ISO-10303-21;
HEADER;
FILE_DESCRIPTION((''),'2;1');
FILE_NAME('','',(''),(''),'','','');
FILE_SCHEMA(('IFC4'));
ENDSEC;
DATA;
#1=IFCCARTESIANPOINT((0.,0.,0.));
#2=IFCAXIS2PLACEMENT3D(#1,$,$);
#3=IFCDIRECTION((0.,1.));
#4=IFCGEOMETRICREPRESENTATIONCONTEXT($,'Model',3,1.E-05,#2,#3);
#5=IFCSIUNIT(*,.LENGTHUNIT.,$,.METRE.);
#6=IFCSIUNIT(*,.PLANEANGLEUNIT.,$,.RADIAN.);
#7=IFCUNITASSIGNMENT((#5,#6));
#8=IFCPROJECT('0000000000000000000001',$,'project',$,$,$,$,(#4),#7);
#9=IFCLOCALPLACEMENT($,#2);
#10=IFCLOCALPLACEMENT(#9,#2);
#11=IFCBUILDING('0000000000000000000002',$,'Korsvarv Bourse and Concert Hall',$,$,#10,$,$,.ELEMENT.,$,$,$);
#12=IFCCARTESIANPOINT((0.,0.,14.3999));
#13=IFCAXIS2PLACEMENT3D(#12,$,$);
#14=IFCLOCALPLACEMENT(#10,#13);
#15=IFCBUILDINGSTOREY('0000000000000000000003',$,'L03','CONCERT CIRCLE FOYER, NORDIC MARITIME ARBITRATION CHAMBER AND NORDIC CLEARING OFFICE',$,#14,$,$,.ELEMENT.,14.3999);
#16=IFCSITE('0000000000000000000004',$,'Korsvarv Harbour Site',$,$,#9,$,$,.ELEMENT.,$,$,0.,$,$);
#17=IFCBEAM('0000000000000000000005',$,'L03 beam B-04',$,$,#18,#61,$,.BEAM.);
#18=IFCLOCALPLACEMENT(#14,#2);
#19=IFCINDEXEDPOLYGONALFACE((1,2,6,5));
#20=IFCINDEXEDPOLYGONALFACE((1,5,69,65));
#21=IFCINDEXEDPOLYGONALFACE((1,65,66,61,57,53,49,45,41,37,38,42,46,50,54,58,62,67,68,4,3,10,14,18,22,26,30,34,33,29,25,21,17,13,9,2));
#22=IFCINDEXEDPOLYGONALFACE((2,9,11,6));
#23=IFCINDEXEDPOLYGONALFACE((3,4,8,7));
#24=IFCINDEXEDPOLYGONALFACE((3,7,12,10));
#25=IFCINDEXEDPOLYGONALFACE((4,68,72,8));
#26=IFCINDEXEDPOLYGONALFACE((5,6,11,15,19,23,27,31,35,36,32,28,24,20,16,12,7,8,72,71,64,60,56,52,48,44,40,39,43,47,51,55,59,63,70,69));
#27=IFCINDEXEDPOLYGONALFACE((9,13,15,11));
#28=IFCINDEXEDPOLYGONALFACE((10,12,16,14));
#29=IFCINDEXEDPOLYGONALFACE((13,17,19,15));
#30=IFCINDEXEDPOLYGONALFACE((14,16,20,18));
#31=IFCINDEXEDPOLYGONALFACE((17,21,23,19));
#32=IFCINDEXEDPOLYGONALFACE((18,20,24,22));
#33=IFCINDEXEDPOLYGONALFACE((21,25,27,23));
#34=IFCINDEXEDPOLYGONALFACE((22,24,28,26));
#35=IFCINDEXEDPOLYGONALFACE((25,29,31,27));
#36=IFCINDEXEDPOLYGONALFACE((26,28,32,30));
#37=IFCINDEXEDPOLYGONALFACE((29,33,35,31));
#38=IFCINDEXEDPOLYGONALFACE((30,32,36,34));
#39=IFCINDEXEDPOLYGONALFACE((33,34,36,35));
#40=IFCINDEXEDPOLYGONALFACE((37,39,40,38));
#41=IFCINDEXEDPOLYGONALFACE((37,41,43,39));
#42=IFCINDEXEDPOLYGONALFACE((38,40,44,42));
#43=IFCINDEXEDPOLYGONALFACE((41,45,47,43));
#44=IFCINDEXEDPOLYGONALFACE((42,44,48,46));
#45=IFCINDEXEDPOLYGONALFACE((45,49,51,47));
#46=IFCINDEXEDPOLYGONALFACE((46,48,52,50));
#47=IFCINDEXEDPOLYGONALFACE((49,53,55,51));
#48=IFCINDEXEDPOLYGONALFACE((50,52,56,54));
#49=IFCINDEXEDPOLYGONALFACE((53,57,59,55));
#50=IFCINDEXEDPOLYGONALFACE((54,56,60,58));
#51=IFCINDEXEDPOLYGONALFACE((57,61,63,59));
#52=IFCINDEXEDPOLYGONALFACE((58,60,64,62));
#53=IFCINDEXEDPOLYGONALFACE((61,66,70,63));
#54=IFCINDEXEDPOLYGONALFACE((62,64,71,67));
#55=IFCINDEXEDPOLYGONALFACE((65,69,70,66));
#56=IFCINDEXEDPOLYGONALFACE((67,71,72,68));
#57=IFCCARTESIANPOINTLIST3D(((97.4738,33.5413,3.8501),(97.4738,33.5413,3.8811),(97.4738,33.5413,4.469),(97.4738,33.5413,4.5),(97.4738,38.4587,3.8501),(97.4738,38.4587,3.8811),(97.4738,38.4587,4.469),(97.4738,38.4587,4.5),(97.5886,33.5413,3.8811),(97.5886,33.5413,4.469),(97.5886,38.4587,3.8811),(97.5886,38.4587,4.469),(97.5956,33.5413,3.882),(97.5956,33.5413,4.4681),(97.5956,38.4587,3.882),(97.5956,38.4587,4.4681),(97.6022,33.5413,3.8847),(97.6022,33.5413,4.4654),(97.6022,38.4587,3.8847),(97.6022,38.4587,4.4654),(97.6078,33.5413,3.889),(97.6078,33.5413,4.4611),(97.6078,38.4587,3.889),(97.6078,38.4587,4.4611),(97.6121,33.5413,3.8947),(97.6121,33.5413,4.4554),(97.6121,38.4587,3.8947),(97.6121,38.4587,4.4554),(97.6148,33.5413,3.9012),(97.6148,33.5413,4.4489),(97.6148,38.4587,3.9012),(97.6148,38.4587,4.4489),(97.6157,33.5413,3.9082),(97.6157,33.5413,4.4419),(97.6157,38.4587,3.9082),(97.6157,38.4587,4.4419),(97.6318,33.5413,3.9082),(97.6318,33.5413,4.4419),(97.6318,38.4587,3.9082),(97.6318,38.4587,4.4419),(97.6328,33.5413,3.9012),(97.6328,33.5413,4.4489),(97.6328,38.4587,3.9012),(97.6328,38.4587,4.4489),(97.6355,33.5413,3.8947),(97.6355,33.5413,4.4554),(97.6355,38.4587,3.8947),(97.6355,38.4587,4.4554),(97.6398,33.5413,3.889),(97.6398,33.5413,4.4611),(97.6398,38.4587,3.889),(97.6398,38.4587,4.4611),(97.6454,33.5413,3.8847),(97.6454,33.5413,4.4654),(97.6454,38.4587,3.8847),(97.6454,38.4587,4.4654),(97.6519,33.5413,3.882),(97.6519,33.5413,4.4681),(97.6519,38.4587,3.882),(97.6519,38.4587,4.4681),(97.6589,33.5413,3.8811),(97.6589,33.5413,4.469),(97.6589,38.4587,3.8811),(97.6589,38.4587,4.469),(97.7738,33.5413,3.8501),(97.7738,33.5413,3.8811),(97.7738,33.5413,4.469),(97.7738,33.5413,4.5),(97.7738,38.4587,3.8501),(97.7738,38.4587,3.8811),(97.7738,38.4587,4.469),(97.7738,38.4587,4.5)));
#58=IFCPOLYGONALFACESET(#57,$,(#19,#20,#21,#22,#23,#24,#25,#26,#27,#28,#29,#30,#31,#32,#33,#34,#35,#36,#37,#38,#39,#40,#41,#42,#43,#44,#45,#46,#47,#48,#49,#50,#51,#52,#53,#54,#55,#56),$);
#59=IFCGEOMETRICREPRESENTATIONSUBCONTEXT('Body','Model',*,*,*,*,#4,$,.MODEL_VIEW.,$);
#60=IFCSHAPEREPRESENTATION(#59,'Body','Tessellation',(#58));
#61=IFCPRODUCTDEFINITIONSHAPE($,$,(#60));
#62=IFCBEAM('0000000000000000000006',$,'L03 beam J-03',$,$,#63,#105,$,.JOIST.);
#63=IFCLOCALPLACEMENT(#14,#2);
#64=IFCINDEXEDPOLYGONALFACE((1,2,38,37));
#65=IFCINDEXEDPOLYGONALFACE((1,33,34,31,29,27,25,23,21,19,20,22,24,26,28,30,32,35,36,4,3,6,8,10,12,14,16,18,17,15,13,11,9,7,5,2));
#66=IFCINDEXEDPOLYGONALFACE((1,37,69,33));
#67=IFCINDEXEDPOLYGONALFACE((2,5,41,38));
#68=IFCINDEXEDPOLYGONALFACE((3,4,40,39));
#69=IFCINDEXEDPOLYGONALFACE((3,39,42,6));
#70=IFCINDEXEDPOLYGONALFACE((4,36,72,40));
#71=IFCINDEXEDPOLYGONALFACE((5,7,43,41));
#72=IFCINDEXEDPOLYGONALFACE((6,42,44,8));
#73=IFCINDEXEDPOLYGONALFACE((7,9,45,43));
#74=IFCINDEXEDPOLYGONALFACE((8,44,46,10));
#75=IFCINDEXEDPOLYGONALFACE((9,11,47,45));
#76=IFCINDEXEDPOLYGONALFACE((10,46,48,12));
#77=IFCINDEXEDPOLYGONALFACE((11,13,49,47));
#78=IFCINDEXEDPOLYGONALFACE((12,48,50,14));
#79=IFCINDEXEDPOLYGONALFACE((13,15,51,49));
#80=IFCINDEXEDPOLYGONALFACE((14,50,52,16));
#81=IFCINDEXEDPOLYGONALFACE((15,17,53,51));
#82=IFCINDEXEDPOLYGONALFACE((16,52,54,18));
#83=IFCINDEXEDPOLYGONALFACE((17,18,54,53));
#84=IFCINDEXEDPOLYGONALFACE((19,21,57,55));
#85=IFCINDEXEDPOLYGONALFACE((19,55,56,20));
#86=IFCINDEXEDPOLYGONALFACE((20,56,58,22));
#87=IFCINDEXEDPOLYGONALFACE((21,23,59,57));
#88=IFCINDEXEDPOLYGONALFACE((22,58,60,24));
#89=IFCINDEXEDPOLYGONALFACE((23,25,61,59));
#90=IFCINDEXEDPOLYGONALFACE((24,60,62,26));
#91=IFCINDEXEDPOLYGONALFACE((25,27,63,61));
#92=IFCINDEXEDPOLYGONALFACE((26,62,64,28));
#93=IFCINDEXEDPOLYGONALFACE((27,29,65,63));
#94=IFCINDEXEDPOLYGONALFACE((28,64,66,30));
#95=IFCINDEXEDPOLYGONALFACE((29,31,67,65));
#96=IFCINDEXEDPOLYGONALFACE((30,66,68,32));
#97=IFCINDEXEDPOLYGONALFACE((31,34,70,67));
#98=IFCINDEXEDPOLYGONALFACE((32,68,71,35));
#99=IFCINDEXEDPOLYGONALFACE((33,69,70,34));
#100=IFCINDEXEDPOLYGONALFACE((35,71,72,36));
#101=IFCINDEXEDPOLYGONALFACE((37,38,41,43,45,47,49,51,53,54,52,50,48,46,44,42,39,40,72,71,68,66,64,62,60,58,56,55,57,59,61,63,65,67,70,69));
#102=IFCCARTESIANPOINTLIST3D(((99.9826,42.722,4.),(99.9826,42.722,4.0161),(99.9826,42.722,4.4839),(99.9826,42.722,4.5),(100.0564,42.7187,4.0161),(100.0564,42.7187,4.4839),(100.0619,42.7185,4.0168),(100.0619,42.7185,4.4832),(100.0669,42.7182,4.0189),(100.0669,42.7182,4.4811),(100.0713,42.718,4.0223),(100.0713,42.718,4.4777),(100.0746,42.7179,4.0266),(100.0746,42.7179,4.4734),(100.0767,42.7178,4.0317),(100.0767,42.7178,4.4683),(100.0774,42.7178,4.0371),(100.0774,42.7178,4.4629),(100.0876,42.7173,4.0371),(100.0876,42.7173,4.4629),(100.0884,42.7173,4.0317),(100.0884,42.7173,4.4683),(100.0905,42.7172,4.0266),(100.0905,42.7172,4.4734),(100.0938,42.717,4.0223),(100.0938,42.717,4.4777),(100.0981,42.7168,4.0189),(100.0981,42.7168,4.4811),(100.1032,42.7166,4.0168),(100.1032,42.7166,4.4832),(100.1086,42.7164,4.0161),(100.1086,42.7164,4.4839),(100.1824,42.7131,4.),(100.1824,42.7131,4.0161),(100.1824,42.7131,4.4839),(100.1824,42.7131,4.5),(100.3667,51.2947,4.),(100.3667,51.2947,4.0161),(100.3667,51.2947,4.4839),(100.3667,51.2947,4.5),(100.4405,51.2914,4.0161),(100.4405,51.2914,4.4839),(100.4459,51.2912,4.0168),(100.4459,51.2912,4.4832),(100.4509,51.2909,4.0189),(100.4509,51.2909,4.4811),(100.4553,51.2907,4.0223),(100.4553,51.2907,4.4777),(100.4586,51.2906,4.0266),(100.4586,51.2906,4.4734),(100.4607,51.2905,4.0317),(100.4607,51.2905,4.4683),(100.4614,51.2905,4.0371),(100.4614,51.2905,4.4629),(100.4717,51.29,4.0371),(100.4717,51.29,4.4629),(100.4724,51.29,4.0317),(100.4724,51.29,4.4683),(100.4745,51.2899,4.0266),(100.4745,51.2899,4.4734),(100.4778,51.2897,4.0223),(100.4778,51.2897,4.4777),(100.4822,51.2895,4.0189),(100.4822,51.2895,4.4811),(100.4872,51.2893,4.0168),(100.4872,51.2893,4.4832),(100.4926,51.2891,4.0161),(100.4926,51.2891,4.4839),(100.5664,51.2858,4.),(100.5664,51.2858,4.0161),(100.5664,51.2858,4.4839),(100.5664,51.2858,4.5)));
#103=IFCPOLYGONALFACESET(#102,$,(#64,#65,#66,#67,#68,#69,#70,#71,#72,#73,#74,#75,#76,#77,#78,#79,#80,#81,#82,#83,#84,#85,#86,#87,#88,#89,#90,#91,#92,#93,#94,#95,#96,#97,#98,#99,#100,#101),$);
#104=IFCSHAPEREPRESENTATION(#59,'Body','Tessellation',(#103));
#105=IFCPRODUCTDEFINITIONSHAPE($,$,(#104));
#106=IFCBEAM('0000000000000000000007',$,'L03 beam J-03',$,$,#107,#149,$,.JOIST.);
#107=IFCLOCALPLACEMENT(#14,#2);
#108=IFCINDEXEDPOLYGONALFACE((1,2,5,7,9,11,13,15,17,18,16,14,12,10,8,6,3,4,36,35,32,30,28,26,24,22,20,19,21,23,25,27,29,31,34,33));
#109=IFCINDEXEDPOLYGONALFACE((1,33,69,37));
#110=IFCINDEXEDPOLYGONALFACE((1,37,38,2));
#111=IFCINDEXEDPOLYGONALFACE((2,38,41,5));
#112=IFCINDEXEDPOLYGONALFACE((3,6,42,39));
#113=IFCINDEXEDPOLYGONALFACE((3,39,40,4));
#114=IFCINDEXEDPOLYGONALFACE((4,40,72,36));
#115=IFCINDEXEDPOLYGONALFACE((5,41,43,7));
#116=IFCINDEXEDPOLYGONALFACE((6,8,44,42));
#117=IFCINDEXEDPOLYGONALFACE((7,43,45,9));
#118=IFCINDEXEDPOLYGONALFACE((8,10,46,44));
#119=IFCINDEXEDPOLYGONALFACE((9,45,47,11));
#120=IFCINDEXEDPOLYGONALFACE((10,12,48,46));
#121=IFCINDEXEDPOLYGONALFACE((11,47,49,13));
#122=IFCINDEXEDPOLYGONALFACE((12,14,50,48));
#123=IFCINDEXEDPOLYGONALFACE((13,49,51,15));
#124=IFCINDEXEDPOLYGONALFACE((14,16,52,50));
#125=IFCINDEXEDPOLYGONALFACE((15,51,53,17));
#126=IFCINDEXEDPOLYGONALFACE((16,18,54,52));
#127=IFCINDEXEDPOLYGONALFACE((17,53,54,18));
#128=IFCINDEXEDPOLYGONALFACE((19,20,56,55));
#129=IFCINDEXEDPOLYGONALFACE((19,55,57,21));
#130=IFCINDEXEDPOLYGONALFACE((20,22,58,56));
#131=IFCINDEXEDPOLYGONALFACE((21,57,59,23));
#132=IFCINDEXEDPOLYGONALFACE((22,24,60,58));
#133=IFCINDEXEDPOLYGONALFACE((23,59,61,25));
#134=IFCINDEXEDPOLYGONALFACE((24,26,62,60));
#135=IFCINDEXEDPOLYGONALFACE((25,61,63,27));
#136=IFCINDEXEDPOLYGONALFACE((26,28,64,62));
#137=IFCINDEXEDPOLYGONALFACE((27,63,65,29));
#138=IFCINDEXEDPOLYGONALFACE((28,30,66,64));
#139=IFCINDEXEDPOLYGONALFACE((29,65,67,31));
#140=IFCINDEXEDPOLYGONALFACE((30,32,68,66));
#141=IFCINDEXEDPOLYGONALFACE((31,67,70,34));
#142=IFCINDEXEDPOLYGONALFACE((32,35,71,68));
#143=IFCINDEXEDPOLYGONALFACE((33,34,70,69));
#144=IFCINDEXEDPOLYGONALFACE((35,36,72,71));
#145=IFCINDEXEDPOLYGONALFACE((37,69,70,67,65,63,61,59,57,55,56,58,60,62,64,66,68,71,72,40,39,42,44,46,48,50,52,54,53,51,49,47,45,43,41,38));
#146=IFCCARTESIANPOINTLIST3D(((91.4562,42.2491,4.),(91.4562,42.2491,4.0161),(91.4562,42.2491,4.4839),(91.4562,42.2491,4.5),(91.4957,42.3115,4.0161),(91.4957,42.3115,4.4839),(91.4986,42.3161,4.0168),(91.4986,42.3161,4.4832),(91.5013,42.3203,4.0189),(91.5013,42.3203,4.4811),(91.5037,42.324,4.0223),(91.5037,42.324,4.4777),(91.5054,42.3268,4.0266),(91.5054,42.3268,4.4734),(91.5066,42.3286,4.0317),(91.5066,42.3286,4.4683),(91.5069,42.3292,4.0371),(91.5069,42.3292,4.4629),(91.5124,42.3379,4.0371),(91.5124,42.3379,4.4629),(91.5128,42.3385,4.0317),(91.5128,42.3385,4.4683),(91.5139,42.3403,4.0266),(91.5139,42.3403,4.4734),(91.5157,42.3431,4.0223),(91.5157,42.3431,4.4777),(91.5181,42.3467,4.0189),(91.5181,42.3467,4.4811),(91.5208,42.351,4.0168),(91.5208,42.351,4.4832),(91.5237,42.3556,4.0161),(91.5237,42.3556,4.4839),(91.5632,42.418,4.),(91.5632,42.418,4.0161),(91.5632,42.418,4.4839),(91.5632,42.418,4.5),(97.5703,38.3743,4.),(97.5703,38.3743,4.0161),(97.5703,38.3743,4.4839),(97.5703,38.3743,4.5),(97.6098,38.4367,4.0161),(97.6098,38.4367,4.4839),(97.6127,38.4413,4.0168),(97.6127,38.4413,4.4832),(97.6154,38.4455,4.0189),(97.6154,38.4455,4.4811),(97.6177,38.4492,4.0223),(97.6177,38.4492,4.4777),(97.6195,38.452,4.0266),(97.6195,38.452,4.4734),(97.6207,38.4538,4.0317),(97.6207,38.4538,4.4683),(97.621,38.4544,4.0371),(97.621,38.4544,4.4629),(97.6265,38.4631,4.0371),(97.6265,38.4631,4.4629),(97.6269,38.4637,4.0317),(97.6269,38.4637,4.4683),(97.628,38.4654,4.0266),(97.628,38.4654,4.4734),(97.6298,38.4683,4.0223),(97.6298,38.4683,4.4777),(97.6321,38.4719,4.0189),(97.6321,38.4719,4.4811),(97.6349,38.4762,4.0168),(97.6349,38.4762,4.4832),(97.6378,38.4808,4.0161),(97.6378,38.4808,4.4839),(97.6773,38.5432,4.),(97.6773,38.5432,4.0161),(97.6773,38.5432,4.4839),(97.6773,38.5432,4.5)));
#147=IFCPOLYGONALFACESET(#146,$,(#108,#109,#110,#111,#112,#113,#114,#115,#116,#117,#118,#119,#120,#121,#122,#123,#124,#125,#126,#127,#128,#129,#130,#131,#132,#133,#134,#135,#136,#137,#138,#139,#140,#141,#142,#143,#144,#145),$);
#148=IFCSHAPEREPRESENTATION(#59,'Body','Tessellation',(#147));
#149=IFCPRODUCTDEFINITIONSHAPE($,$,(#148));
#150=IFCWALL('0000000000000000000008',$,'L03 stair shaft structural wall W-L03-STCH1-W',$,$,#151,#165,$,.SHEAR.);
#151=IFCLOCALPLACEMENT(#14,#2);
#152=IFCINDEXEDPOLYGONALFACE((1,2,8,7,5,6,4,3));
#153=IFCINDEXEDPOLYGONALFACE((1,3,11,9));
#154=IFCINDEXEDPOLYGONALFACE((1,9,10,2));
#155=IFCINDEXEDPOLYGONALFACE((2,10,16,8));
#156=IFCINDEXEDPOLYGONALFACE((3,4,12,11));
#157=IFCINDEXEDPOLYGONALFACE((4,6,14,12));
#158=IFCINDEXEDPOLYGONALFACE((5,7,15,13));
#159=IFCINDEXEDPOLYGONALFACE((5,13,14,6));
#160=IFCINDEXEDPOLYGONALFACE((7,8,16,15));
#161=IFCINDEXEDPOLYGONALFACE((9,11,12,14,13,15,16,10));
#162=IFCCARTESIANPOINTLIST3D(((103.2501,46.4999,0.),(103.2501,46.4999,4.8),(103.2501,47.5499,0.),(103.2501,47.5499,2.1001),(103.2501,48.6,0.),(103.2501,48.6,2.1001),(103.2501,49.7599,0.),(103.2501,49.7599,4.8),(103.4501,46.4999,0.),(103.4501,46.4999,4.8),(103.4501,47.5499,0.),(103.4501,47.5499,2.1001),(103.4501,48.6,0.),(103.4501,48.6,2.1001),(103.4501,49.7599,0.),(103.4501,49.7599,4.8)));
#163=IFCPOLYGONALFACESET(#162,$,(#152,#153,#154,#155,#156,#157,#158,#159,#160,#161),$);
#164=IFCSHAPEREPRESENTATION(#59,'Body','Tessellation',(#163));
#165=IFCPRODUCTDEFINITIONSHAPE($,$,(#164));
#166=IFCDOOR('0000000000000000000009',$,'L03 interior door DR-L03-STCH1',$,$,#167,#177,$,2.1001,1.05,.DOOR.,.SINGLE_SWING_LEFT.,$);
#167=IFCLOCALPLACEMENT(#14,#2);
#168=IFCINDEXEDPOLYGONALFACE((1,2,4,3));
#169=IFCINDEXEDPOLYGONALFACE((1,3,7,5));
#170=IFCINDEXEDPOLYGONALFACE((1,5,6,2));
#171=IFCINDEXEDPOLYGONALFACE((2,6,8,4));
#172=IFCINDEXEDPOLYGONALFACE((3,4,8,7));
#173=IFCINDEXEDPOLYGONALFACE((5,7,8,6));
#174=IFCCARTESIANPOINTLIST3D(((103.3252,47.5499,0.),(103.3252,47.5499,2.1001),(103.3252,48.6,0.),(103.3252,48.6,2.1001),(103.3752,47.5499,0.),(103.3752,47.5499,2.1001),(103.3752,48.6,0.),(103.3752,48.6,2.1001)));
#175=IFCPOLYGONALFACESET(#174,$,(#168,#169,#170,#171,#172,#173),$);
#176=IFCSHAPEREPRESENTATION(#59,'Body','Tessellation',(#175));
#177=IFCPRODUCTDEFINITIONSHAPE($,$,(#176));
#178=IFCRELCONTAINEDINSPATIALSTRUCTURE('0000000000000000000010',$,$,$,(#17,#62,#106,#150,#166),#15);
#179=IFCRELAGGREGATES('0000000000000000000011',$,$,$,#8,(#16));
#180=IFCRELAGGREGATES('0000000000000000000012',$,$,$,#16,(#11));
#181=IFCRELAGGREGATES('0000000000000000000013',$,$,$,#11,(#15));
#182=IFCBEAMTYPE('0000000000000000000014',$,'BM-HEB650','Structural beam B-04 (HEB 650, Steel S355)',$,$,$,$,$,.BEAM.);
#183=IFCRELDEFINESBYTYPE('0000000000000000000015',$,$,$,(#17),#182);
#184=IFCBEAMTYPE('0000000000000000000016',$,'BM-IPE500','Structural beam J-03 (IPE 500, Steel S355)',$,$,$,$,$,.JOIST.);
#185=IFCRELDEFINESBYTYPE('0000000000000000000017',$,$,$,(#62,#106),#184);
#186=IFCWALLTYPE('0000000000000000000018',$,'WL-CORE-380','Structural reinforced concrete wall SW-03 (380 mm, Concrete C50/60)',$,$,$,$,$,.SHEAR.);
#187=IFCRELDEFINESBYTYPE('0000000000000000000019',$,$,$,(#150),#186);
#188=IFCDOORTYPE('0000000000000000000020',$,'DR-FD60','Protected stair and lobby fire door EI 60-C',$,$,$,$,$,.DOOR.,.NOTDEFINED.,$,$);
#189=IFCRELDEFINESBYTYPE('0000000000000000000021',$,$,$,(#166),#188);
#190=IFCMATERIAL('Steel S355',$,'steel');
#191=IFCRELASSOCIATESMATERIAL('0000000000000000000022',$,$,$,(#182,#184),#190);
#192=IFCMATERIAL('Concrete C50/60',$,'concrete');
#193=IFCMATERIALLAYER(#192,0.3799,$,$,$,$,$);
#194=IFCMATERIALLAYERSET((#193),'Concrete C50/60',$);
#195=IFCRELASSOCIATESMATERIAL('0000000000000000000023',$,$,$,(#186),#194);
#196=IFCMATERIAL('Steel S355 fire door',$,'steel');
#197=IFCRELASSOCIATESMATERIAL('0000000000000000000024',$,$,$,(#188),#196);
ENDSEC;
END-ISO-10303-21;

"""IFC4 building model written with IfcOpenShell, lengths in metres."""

from ifc_helpers import new_model, si_unit, direction, frame, frame_2d, origin, origin_2d, place, context, subcontext, project, spatial, rectangle, i_section, extrude, source, transform, mapped, material, layer, layer_set, material_profile, profile_set, type_object, element, fill, save


model = new_model("IFC4")

# Units and contexts
model_context = context("Model", 3, precision=1e-05, world=origin(), true_north=direction((0.0, 1.0)))
body_context = subcontext(model_context, "Body", "Model", "MODEL_VIEW")
ifc_project = project(units=[si_unit("LENGTHUNIT", "METRE"), si_unit("PLANEANGLEUNIT", "RADIAN")], contexts=[model_context])

# Site, building, storey
site_placement = place(None, origin())
site = spatial("IfcSite", under=ifc_project, at=site_placement, Name="Korsvarv Harbour Site", CompositionType="ELEMENT", RefElevation=0.0)
building_placement = place(site_placement, origin())
building = spatial("IfcBuilding", under=site, at=building_placement, Name="Korsvarv Bourse and Concert Hall", CompositionType="ELEMENT")
storey_placement = place(building_placement, frame((0.0, 0.0, 14.3999)))
storey = spatial("IfcBuildingStorey", under=building, at=storey_placement, Name="L03", Description="CONCERT CIRCLE FOYER, NORDIC MARITIME ARBITRATION CHAMBER AND NORDIC CLEARING OFFICE", CompositionType="ELEMENT", Elevation=14.3999)

# Shared definitions
ifc_material_1 = material(Name="Concrete C50/60", Category="concrete")

# Beams
ifc_material_2 = material(Name="Steel S355", Category="steel")
ifc_material_profile_1 = material_profile(ifc_material_2, i_section(OverallWidth=0.3, OverallDepth=0.6499, WebThickness=0.0161, FlangeThickness=0.031, FilletRadius=0.0271, at=origin_2d()), Name="HEB 650")
ifc_profile_set_1 = profile_set([ifc_material_profile_1], Name="Steel S355")
beam_type_1 = type_object("IfcBeamType", Name="BM-HEB650", Description="Structural beam B-04 (HEB 650, Steel S355)", PredefinedType="BEAM", material=ifc_profile_set_1)
shared_shape_1 = source(origin(), body_context, "Body", "SweptSolid", [
    extrude(i_section(OverallWidth=0.3, OverallDepth=0.6499, WebThickness=0.0161, FlangeThickness=0.031, FilletRadius=0.0271, at=origin_2d()), origin(), (0.0, 0.0, 1.0), 4.9175),
])
for number, where, z_axis, x_axis, name in (
    (1, (97.6238, 38.4587, 4.175), (0.0, -1.0, 0.0), (1.0, 0.0, 0.0), "L03 beam B-04"),
):
    element("IfcBeam", number, at=place(storey_placement, frame(where, z_axis=z_axis, x_axis=x_axis)), inside=storey, type_object=beam_type_1, Name=name, PredefinedType="BEAM", context=body_context, shape_type="MappedRepresentation", body=[
        mapped(shared_shape_1, transform((0.0, 0.0, 0.0), scale=1.0)),
    ])
ifc_material_profile_2 = material_profile(ifc_material_2, i_section(OverallWidth=0.2, OverallDepth=0.5, WebThickness=0.0103, FlangeThickness=0.0161, FilletRadius=0.021, at=origin_2d()), Name="IPE 500")
ifc_profile_set_2 = profile_set([ifc_material_profile_2], Name="Steel S355")
beam_type_2 = type_object("IfcBeamType", Name="BM-IPE500", Description="Structural beam J-03 (IPE 500, Steel S355)", PredefinedType="JOIST", material=ifc_profile_set_2)
shared_shape_2 = source(origin(), body_context, "Body", "SweptSolid", [
    extrude(i_section(OverallWidth=0.2, OverallDepth=0.5, WebThickness=0.0103, FlangeThickness=0.0161, FilletRadius=0.021, at=origin_2d()), origin(), (0.0, 0.0, 1.0), 8.5813),
])
beam_1_placement = place(storey_placement, frame((100.0825, 42.7175, 4.25), z_axis=(0.044752, 0.998998, 0.0), x_axis=(-0.998998, 0.044752, 0.0)))
element("IfcBeam", 2, at=beam_1_placement, inside=storey, type_object=beam_type_2, Name="L03 beam J-03", PredefinedType="JOIST", context=body_context, shape_type="MappedRepresentation", body=[
    mapped(shared_shape_2, transform((0.0, 0.0, 0.0), scale=1.0)),
])
shared_shape_3 = source(origin(), body_context, "Body", "SweptSolid", [
    extrude(i_section(OverallWidth=0.2, OverallDepth=0.5, WebThickness=0.0103, FlangeThickness=0.0161, FilletRadius=0.021, at=origin_2d()), origin(), (0.0, 0.0, 1.0), 7.2385),
])
beam_2_placement = place(storey_placement, frame((97.6238, 38.4587, 4.25), z_axis=(-0.84466, 0.535303, 0.0), x_axis=(-0.535303, -0.84466, 0.0)))
element("IfcBeam", 3, at=beam_2_placement, inside=storey, type_object=beam_type_2, Name="L03 beam J-03", PredefinedType="JOIST", context=body_context, shape_type="MappedRepresentation", body=[
    mapped(shared_shape_3, transform((0.0, 0.0, 0.0), scale=1.0)),
])

# Wall, opening, door
ifc_layer_1 = layer(ifc_material_1, 0.3799)
ifc_layer_set_1 = layer_set([ifc_layer_1], Name="Concrete C50/60")
wall_type_1 = type_object("IfcWallType", Name="WL-CORE-380", Description="Structural reinforced concrete wall SW-03 (380 mm, Concrete C50/60)", PredefinedType="SHEAR", material=ifc_layer_set_1)
wall_1_placement = place(storey_placement, frame((103.3501, 46.5, 0.0), z_axis=(0.0, 0.0, 1.0), x_axis=(0.0, 1.0, 0.0)))
wall_1 = element("IfcWall", 4, at=wall_1_placement, inside=storey, type_object=wall_type_1, Name="L03 stair shaft structural wall W-L03-STCH1-W", PredefinedType="SHEAR", context=body_context, shape_type="SweptSolid", body=[
    extrude(rectangle(XDim=3.26, YDim=0.2, at=frame_2d((1.6299, 0.0))), origin(), (0.0, 0.0, 1.0), 4.8),
])
opening_1_placement = place(wall_1_placement, frame((1.05, 0.0, 0.0)))
opening_1 = element("IfcOpeningElement", 5, at=opening_1_placement, cuts=wall_1, PredefinedType="OPENING", context=body_context, shape_type="SweptSolid", body=[
    extrude(rectangle(XDim=1.05, YDim=2.1001, at=frame_2d((0.5249, 1.05))), frame((0.0, 0.1099, 0.0), z_axis=(0.0, -1.0, 0.0), x_axis=(1.0, 0.0, 0.0)), (0.0, 0.0, 1.0), 0.22),
])
ifc_material_3 = material(Name="Steel S355 fire door", Category="steel")
door_type_1 = type_object("IfcDoorType", Name="DR-FD60", Description="Protected stair and lobby fire door EI 60-C", OperationType="NOTDEFINED", PredefinedType="DOOR", material=ifc_material_3)
door_1_placement = place(opening_1_placement, origin())
door_1 = element("IfcDoor", 6, at=door_1_placement, inside=storey, type_object=door_type_1, Name="L03 interior door DR-L03-STCH1", OperationType="SINGLE_SWING_LEFT", OverallHeight=2.1001, OverallWidth=1.05, PredefinedType="DOOR", context=body_context, shape_type="SweptSolid", body=[
    extrude(rectangle(XDim=1.05, YDim=2.1001, at=frame_2d((0.5249, 1.05))), frame((0.0, 0.0249, 0.0), z_axis=(0.0, -1.0, 0.0), x_axis=(1.0, 0.0, 0.0)), (0.0, 0.0, 1.0), 0.05),
])
fill(opening_1, door_1)

save(model, "model.ifc")
